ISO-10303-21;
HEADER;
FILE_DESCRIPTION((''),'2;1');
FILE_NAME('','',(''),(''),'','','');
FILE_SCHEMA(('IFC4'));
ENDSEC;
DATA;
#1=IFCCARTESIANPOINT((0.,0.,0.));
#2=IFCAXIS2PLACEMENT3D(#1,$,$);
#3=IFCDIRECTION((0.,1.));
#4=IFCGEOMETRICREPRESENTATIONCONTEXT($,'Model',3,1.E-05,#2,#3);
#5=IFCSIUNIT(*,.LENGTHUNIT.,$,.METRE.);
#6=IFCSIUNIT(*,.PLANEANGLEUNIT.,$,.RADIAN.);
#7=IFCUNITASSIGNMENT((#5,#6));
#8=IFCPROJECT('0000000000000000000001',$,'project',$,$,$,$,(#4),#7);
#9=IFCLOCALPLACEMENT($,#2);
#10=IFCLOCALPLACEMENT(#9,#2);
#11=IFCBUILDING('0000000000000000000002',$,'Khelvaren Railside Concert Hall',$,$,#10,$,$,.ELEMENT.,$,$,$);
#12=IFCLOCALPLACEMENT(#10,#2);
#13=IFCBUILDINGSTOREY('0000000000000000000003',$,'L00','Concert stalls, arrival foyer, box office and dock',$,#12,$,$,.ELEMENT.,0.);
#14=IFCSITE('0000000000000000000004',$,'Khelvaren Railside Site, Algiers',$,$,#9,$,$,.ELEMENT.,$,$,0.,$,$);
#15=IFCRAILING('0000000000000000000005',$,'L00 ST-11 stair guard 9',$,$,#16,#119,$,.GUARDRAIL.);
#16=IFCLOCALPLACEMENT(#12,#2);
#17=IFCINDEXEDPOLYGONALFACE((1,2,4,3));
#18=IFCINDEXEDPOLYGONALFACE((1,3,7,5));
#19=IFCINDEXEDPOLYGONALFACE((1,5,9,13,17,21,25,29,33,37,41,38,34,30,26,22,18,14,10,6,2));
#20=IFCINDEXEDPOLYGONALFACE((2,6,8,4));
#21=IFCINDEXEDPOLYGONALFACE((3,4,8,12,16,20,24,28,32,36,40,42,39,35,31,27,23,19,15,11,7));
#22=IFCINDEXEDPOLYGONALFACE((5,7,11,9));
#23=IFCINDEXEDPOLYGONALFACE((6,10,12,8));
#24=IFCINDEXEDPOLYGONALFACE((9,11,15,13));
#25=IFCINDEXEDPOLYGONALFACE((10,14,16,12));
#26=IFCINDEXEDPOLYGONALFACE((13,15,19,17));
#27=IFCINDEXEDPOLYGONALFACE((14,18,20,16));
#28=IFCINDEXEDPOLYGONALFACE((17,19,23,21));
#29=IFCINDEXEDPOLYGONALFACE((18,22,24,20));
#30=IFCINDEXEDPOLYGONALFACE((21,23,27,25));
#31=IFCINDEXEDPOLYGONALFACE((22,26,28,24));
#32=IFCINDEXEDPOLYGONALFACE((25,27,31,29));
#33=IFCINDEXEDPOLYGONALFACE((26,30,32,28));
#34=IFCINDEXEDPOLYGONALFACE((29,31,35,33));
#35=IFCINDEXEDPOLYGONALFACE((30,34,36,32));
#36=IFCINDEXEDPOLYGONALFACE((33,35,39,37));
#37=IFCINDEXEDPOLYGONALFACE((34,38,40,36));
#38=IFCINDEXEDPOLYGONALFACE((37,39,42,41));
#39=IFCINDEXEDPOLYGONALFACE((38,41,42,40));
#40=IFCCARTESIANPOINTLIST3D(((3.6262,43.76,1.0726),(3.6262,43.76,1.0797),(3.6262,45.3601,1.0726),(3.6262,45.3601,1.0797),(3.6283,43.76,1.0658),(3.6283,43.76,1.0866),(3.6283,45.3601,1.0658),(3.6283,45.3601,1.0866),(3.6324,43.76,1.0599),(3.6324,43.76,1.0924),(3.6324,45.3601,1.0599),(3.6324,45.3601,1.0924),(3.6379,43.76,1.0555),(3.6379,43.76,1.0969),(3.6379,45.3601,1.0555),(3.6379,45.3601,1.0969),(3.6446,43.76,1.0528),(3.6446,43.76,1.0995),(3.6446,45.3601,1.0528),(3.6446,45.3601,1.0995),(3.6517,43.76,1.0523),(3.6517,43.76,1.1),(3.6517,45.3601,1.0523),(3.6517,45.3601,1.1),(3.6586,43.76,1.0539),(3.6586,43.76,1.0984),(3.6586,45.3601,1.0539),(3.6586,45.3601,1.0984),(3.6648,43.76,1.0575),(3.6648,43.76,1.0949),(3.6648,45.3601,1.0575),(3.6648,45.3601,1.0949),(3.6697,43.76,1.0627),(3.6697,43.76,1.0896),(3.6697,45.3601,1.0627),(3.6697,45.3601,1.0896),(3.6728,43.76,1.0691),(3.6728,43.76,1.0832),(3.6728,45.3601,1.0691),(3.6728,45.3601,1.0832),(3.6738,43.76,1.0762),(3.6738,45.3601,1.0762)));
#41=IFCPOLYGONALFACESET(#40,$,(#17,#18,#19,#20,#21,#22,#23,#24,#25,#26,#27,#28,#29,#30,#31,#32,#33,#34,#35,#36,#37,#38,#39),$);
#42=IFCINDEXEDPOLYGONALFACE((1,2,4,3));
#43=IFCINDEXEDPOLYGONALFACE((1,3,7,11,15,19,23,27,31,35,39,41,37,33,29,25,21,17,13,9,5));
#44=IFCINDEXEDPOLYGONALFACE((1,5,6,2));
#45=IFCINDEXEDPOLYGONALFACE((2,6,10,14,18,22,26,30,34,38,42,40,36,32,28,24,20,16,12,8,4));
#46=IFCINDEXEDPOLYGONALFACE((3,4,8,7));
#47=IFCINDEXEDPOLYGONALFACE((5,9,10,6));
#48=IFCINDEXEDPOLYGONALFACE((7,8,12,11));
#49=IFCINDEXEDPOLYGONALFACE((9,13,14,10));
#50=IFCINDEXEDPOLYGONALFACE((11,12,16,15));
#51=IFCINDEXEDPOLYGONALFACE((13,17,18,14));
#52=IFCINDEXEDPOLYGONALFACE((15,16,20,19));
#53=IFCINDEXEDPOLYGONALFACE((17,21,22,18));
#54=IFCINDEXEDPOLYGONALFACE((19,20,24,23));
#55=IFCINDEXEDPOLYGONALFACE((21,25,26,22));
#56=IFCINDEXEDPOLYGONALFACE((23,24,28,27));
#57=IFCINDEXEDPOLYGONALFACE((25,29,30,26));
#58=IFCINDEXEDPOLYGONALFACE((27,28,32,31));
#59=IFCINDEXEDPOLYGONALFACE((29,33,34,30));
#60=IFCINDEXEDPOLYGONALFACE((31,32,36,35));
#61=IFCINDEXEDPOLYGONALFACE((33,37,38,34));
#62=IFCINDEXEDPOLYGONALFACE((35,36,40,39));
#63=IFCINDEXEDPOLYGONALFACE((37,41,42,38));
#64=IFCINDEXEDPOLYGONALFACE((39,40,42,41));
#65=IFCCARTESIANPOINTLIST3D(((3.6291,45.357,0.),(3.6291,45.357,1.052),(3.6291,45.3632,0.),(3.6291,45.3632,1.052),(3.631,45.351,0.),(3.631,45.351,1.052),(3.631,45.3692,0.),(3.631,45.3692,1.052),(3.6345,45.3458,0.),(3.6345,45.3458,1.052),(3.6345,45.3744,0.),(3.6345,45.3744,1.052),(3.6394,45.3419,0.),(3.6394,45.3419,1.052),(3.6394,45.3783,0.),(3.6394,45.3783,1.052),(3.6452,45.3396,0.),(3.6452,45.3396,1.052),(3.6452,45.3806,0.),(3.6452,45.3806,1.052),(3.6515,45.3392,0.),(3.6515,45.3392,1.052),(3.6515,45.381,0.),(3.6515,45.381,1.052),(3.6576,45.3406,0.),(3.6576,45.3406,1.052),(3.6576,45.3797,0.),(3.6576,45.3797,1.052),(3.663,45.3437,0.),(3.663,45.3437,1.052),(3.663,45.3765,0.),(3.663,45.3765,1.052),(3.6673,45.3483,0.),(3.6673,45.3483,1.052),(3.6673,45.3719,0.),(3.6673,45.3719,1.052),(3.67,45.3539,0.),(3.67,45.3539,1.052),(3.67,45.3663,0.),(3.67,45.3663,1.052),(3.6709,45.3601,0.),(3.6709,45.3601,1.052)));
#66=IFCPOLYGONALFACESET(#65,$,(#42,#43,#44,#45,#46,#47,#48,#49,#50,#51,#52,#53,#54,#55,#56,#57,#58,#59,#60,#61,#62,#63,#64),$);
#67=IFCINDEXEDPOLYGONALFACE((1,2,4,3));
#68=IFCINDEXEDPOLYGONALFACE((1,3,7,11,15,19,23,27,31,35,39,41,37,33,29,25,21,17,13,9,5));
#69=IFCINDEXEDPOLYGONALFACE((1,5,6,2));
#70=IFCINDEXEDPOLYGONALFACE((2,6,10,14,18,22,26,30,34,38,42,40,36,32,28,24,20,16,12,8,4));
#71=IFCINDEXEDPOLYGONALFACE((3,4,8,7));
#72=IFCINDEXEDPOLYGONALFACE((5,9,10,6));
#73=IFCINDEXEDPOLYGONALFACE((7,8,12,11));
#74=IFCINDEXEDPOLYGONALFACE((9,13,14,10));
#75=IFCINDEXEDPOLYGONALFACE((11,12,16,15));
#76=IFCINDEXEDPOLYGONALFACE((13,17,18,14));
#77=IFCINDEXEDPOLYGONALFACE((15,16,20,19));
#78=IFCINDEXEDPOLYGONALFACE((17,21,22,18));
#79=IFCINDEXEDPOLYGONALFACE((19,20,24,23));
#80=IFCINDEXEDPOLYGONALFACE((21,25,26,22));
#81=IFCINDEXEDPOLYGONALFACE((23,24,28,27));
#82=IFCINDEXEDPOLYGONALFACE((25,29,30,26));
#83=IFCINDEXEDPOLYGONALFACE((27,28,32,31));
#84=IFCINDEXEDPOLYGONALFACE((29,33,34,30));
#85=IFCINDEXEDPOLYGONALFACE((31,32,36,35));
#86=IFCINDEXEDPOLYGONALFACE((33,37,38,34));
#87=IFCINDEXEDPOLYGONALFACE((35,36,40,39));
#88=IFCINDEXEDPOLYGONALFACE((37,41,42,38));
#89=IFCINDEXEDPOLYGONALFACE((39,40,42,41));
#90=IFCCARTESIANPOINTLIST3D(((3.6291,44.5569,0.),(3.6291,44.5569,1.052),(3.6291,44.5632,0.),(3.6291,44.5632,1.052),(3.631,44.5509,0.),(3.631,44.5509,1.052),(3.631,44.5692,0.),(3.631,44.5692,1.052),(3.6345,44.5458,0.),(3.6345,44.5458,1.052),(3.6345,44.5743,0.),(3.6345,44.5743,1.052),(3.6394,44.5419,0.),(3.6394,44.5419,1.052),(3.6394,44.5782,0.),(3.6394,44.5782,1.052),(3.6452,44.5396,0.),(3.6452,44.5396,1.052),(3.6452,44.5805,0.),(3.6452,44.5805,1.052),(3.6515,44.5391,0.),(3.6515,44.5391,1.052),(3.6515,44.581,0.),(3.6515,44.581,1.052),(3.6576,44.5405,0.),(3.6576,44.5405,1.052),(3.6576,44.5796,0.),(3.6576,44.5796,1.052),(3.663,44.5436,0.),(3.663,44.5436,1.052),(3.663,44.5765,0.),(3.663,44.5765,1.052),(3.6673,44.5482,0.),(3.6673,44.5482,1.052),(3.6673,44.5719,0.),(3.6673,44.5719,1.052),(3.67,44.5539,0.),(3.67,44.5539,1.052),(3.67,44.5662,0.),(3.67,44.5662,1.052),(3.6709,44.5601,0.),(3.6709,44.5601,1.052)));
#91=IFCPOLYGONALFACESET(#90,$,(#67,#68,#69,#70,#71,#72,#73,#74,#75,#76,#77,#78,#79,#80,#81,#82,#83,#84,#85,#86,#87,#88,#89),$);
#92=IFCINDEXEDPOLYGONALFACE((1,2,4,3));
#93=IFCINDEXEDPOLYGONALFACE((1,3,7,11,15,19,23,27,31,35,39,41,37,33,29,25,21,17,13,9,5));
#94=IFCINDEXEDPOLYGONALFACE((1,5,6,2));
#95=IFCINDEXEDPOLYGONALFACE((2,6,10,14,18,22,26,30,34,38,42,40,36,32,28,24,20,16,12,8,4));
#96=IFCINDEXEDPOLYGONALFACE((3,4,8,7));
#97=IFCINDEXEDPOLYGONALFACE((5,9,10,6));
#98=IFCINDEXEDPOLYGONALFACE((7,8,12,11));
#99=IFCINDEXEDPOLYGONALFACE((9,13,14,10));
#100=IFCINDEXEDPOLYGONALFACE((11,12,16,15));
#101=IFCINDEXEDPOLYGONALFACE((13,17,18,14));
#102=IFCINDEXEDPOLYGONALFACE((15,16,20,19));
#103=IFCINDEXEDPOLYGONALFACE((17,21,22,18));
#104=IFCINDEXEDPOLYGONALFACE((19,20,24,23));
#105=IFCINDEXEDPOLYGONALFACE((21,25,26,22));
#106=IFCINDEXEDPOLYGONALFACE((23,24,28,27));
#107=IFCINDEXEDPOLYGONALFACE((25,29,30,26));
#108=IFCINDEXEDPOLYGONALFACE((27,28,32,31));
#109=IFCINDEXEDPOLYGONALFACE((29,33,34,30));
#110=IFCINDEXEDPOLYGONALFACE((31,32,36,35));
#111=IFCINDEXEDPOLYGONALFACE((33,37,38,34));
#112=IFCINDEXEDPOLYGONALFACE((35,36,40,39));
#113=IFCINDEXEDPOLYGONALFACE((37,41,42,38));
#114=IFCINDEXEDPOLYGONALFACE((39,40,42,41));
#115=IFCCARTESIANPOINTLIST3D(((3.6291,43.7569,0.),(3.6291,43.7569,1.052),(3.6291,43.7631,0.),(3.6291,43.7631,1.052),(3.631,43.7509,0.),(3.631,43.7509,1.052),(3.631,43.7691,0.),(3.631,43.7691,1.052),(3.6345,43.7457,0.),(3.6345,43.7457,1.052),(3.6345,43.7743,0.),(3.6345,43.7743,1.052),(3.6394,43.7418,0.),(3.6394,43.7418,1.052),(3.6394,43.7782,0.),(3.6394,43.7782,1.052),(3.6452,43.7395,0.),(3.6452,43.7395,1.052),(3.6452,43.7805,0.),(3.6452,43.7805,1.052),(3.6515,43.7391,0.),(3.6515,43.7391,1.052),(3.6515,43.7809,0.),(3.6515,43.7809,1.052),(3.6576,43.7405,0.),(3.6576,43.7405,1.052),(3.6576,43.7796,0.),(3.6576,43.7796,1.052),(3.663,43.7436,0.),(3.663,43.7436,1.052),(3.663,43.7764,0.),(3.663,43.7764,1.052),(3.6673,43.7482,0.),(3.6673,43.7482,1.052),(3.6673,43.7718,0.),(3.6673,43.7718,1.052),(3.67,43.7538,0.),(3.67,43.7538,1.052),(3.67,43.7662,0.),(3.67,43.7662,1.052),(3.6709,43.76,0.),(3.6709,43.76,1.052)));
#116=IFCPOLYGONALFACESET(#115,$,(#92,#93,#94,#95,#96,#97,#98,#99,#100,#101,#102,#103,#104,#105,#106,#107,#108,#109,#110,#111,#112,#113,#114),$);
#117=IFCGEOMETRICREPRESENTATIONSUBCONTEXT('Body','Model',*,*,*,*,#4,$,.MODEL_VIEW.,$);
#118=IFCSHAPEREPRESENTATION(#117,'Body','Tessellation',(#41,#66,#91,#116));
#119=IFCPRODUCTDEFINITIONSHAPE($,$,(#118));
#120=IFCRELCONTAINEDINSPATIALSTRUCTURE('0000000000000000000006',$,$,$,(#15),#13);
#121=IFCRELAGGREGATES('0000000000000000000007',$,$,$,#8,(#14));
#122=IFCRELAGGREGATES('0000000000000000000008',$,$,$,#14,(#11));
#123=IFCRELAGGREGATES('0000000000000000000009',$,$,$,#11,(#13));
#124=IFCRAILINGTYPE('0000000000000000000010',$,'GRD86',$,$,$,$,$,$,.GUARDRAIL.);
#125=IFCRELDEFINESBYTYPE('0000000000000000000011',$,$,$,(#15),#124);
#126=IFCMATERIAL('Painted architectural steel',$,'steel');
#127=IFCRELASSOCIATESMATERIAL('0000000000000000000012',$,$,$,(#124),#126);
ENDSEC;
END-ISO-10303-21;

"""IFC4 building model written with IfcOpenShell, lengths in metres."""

from ifc_helpers import new_model, si_unit, direction, frame, origin, origin_2d, place, context, subcontext, project, spatial, circle, extrude, material, type_object, element, save


model = new_model("IFC4")

# Units and contexts
model_context = context("Model", 3, precision=1e-05, world=origin(), true_north=direction((0.0, 1.0)))
body_context = subcontext(model_context, "Body", "Model", "MODEL_VIEW")
ifc_project = project(units=[si_unit("LENGTHUNIT", "METRE"), si_unit("PLANEANGLEUNIT", "RADIAN")], contexts=[model_context])

# Site, building, storey
site_placement = place(None, origin())
site = spatial("IfcSite", under=ifc_project, at=site_placement, Name="Khelvaren Railside Site, Algiers", CompositionType="ELEMENT", RefElevation=0.0)
building_placement = place(site_placement, origin())
building = spatial("IfcBuilding", under=site, at=building_placement, Name="Khelvaren Railside Concert Hall", CompositionType="ELEMENT")
storey_placement = place(building_placement, origin())
storey = spatial("IfcBuildingStorey", under=building, at=storey_placement, Name="L00", Description="Concert stalls, arrival foyer, box office and dock", CompositionType="ELEMENT", Elevation=0.0)

# Railing
ifc_material_1 = material(Name="Painted architectural steel", Category="steel")
railing_type_1 = type_object("IfcRailingType", Name="GRD86", PredefinedType="GUARDRAIL", material=ifc_material_1)
railing_1_placement = place(storey_placement, frame((3.6499, 45.3601, 0.0)))
element("IfcRailing", 1, at=railing_1_placement, inside=storey, type_object=railing_type_1, Name="L00 ST-11 stair guard 9", PredefinedType="GUARDRAIL", context=body_context, shape_type="SweptSolid", body=[
    extrude(circle(Radius=0.0239, at=origin_2d()), frame((0.0, 0.0, 1.0762), z_axis=(0.0, -1.0, 0.0), x_axis=(1.0, 0.0, 0.0)), (0.0, 0.0, 1.0), 1.6001),
    extrude(circle(Radius=0.021, at=origin_2d()), origin(), (0.0, 0.0, 1.0), 1.052),
    extrude(circle(Radius=0.021, at=origin_2d()), frame((0.0, -0.8, 0.0)), (0.0, 0.0, 1.0), 1.052),
    extrude(circle(Radius=0.021, at=origin_2d()), frame((0.0, -1.6001, 0.0)), (0.0, 0.0, 1.0), 1.052),
])

save(model, "model.ifc")
